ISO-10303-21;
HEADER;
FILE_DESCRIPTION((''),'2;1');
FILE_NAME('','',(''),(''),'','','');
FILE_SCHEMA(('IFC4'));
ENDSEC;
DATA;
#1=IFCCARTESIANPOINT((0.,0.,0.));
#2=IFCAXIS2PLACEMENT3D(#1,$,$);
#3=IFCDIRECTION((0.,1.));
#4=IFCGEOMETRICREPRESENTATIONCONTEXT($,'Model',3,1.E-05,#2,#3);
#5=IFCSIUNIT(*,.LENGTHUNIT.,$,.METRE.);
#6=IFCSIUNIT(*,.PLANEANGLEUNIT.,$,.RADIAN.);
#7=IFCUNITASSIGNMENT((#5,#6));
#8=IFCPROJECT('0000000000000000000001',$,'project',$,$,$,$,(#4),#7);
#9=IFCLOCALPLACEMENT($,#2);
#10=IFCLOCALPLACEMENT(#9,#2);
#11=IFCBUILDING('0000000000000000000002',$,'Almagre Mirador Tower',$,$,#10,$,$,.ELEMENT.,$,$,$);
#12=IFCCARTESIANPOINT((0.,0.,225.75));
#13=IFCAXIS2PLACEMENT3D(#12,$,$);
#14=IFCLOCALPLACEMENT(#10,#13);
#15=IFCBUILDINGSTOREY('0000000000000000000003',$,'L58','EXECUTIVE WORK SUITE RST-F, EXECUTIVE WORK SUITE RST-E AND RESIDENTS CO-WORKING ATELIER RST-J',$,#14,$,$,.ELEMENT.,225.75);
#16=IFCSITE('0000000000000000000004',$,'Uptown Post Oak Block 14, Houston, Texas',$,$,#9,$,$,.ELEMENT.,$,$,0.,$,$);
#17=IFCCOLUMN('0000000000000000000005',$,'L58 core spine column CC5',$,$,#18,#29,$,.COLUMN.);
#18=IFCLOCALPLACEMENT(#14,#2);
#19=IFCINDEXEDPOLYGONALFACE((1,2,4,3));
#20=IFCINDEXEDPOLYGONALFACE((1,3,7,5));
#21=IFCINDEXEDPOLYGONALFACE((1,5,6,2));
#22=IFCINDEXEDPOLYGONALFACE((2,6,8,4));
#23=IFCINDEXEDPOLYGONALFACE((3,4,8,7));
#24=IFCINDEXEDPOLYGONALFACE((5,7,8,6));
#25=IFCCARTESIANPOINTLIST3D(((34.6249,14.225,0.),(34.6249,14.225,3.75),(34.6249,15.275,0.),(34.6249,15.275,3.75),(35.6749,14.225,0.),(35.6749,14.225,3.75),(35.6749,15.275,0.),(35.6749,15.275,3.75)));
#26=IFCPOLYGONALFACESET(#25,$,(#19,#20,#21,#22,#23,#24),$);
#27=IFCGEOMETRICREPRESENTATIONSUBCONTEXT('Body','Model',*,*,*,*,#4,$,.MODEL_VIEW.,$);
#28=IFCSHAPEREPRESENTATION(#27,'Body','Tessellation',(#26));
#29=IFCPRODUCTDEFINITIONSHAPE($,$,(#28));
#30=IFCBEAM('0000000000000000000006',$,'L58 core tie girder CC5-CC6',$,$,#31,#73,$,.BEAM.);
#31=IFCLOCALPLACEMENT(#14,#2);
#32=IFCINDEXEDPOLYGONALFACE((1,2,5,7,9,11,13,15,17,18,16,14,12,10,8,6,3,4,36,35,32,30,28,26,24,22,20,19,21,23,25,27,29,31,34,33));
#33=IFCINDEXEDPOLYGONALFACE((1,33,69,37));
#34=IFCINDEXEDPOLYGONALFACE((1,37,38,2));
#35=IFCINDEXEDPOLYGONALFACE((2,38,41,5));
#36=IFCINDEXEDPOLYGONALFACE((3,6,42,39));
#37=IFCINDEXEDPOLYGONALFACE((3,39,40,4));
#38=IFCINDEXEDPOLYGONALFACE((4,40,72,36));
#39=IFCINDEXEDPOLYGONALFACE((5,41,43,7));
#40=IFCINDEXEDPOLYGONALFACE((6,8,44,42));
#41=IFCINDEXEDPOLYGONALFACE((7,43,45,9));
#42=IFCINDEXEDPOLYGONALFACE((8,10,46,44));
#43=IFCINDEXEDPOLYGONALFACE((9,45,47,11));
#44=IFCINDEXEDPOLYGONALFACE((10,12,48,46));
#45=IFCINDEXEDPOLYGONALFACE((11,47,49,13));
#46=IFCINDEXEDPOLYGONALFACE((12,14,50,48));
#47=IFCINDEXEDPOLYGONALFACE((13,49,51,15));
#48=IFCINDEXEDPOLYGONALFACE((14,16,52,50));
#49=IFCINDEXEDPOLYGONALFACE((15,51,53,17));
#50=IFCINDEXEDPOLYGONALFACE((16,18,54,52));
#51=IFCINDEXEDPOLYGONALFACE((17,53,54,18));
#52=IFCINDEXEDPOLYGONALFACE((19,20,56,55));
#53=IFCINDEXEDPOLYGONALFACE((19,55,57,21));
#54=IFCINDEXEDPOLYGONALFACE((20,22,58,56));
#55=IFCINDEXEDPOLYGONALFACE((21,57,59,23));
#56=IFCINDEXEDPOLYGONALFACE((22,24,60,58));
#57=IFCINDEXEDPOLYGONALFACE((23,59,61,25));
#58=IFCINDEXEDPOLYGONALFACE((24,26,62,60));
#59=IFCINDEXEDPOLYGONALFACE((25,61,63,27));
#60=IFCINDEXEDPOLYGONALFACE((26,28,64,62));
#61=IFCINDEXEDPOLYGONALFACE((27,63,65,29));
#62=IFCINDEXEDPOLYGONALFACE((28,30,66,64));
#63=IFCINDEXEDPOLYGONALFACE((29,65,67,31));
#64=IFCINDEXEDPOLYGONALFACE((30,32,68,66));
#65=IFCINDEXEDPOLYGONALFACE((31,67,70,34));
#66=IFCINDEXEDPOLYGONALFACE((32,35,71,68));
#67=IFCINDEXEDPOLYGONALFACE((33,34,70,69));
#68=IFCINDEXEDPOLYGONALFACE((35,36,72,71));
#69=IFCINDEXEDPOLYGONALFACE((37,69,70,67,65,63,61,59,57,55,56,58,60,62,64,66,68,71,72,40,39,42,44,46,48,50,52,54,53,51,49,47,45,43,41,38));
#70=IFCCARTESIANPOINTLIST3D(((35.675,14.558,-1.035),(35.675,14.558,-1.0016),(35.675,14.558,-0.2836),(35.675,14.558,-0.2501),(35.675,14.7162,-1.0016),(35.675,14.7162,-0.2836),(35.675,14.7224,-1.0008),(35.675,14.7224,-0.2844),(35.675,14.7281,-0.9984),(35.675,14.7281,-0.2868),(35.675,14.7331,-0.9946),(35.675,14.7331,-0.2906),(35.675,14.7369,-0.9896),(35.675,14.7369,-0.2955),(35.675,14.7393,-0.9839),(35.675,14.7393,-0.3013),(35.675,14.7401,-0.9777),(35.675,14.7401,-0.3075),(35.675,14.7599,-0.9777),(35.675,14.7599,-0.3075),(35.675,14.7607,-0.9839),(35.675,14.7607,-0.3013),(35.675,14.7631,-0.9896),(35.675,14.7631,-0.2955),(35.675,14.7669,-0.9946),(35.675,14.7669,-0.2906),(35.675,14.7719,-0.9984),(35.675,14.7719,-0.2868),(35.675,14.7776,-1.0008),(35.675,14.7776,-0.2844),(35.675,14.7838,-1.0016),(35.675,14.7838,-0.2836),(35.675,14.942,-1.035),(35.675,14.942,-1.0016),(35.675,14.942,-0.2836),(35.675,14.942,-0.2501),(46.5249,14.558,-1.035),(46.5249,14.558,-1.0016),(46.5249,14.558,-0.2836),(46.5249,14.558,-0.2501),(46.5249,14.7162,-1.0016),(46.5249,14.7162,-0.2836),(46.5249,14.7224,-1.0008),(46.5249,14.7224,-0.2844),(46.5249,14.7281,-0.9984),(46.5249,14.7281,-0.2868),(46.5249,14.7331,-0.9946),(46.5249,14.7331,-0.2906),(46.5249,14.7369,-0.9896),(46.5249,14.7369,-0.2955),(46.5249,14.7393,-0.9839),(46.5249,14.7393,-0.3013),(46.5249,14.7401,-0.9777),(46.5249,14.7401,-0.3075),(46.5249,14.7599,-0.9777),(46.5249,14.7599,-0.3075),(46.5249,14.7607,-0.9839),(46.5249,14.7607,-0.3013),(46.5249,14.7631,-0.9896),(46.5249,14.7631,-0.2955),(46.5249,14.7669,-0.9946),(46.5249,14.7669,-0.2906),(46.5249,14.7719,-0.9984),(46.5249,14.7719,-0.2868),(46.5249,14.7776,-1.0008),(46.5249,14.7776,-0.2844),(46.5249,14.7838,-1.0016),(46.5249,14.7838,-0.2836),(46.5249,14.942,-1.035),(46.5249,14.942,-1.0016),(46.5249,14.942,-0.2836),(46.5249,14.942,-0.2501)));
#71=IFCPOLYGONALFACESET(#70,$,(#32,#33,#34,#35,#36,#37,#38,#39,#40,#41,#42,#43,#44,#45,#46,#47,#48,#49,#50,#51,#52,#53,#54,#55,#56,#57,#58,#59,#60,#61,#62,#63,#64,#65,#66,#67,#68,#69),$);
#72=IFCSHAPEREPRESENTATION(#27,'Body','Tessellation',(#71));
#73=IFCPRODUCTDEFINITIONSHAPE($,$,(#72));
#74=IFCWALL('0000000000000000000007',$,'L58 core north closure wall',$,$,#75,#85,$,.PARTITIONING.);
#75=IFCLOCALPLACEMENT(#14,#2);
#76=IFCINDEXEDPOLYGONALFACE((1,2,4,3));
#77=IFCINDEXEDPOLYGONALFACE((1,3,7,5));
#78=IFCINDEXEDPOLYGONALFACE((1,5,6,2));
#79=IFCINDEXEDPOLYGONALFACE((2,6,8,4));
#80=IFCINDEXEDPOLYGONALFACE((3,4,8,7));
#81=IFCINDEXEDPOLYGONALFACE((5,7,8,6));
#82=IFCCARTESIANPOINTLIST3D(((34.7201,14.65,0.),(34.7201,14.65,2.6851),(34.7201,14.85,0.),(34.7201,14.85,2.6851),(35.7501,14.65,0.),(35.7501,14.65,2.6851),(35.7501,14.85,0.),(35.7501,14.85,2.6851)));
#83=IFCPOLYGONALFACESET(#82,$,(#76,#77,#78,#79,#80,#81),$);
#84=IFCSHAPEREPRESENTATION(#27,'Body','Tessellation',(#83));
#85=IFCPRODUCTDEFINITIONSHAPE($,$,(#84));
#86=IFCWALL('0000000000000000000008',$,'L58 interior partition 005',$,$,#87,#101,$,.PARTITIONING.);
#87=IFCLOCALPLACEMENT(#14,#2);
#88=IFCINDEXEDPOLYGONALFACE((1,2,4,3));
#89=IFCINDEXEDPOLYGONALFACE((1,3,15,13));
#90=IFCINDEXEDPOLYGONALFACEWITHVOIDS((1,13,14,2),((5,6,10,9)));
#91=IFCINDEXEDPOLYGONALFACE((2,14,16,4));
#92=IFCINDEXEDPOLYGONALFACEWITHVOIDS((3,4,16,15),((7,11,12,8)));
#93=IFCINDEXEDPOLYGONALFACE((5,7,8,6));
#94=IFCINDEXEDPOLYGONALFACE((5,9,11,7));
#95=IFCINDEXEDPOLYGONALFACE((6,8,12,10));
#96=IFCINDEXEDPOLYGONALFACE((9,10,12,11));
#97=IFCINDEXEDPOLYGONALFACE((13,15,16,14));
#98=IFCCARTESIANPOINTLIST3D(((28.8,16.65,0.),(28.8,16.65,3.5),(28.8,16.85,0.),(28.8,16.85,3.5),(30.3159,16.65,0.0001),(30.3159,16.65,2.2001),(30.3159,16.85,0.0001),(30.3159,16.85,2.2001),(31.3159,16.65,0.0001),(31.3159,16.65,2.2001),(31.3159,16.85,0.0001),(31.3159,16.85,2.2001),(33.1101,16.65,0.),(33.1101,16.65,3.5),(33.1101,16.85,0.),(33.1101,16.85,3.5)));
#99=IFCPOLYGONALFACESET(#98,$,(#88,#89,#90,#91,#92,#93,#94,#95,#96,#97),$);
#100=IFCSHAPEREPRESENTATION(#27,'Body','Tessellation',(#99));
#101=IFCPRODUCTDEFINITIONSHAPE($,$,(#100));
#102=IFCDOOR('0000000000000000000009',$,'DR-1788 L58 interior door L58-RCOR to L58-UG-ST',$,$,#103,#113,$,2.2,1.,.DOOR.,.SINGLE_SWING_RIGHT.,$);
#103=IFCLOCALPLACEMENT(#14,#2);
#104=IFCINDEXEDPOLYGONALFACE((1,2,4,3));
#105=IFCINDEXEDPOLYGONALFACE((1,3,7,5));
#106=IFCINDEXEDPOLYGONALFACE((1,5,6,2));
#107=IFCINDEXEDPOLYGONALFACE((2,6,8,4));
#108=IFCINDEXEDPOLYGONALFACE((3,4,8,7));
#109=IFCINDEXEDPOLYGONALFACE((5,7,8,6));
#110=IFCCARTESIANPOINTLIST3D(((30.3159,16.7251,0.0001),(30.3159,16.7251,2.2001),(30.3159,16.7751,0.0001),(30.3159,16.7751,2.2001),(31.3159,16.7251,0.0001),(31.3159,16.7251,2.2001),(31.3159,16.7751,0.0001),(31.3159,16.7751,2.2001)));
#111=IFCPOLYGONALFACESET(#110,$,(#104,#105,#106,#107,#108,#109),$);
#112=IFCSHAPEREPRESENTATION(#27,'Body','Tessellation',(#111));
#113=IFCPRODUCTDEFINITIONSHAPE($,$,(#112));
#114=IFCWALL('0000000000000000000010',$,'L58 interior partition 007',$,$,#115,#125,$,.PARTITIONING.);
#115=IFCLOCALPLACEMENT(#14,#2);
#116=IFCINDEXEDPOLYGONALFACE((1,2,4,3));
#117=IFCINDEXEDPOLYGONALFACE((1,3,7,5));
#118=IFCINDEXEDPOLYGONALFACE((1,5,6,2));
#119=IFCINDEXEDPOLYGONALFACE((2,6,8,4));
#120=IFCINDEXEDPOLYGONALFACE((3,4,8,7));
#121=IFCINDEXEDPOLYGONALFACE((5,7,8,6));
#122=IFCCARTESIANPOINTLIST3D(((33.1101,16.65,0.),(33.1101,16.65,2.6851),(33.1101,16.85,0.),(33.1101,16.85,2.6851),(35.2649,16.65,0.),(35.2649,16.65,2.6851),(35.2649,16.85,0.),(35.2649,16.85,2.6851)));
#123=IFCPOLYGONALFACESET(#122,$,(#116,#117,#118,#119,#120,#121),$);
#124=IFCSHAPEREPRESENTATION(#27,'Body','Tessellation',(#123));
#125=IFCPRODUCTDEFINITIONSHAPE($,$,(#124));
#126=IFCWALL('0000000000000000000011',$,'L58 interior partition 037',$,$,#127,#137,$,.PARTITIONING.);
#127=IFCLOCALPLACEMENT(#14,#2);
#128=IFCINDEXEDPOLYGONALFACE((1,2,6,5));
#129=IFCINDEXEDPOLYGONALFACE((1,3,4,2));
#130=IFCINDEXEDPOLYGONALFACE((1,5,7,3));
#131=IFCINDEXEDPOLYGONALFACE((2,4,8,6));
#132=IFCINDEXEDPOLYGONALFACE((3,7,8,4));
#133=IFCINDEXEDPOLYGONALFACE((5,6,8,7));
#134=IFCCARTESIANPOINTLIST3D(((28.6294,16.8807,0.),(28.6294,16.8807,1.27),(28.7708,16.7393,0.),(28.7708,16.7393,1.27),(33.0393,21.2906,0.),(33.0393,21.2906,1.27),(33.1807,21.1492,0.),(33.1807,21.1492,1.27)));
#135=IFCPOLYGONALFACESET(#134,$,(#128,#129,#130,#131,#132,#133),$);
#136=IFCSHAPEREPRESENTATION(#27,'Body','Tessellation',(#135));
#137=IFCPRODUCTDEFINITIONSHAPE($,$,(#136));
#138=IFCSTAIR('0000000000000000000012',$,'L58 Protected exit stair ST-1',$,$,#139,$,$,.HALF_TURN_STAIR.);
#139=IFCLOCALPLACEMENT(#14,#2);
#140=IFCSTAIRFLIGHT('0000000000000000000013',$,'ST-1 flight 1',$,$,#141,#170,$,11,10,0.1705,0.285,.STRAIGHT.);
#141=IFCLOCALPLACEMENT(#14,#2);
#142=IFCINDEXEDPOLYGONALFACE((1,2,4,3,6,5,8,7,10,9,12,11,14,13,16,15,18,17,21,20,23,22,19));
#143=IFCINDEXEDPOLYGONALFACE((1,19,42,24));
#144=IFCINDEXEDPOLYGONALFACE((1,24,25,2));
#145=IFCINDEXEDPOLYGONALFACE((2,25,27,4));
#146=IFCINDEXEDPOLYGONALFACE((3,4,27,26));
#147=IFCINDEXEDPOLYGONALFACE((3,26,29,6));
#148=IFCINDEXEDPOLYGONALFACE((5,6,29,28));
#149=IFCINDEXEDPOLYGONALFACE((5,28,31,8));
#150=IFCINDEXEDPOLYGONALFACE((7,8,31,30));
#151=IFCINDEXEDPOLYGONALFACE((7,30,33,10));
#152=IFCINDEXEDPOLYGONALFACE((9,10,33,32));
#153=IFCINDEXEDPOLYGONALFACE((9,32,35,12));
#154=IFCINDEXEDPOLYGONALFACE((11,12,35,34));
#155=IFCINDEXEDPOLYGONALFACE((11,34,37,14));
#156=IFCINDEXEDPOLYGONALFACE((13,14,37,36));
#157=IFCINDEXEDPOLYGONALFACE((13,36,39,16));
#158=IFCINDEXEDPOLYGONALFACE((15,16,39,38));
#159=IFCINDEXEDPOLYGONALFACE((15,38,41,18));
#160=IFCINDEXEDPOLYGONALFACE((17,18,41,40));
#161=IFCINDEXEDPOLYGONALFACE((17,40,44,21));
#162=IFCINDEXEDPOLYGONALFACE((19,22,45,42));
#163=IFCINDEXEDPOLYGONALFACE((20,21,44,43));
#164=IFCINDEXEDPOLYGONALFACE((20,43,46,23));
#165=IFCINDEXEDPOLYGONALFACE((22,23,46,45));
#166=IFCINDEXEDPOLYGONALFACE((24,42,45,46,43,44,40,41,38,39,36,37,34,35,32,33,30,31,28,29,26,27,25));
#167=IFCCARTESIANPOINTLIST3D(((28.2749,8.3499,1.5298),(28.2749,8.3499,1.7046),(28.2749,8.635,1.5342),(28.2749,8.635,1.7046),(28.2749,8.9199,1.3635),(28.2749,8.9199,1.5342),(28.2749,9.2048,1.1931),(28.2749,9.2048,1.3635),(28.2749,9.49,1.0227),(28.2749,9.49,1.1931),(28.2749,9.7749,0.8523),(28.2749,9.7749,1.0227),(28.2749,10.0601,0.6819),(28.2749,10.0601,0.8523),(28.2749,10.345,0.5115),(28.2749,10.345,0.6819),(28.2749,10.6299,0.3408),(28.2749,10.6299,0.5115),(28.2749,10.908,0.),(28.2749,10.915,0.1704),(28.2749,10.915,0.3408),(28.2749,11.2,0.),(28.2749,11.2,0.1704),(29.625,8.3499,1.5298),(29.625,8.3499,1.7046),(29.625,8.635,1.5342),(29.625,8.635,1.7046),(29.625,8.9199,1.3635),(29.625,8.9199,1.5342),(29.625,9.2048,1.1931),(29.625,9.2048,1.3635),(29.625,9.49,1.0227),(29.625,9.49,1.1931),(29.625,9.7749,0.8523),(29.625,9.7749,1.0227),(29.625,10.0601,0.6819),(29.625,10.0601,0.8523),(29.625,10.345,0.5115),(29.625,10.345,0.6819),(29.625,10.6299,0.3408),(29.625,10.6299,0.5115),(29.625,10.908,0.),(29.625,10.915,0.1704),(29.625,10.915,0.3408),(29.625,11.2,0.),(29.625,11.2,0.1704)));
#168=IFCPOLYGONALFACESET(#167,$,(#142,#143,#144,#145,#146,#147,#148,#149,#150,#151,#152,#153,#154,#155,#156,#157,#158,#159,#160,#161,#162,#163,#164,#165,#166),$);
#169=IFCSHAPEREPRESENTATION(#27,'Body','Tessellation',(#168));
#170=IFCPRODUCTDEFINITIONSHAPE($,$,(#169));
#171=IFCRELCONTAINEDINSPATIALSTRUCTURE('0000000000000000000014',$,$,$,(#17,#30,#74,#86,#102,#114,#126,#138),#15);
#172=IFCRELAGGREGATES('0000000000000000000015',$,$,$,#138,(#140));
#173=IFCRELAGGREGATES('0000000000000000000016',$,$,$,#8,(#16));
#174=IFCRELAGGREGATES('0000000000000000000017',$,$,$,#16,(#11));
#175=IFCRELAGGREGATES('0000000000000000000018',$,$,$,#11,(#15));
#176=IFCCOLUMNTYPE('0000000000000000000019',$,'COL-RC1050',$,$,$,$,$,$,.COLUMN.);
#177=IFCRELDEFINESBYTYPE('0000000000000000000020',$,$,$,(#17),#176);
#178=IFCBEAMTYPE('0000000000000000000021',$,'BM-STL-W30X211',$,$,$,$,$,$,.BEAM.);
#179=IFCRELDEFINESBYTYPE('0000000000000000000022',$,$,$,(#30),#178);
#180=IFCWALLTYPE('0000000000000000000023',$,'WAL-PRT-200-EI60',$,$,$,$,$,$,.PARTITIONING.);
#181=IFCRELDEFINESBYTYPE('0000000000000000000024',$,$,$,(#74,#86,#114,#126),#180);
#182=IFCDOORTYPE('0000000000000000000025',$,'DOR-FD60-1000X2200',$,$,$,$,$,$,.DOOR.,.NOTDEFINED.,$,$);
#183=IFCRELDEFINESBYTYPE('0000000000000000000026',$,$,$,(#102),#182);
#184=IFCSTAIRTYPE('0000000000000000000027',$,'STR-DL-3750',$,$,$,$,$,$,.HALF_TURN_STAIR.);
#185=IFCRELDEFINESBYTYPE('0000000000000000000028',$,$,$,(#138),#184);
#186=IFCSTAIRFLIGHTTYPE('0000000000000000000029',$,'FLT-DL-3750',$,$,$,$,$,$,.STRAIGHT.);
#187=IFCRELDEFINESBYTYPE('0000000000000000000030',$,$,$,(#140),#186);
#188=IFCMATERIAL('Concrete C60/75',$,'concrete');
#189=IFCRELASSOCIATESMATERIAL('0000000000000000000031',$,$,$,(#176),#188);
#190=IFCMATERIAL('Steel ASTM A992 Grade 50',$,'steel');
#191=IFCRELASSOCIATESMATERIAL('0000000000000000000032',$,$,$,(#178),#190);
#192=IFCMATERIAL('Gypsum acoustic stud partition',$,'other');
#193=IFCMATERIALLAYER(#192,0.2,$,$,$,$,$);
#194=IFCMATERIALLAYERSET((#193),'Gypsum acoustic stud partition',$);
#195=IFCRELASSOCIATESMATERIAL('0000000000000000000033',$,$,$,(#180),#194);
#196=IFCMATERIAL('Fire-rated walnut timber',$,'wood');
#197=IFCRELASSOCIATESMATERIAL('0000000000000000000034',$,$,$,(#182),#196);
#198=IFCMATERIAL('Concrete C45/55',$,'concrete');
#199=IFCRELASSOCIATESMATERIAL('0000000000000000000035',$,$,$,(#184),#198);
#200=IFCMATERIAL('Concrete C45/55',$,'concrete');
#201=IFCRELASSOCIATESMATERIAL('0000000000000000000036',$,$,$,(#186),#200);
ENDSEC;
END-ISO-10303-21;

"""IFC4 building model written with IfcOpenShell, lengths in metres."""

from ifc_helpers import new_model, si_unit, direction, frame, frame_2d, origin, origin_2d, place, context, subcontext, project, spatial, polyline, rectangle, i_section, outline, extrude, material, layer, layer_set, material_profile, profile_set, type_object, element, fill, aggregate, save


model = new_model("IFC4")

# Units and contexts
model_context = context("Model", 3, precision=1e-05, world=origin(), true_north=direction((0.0, 1.0)))
body_context = subcontext(model_context, "Body", "Model", "MODEL_VIEW")
ifc_project = project(units=[si_unit("LENGTHUNIT", "METRE"), si_unit("PLANEANGLEUNIT", "RADIAN")], contexts=[model_context])

# Site, building, storey
site_placement = place(None, origin())
site = spatial("IfcSite", under=ifc_project, at=site_placement, Name="Uptown Post Oak Block 14, Houston, Texas", CompositionType="ELEMENT", RefElevation=0.0)
building_placement = place(site_placement, origin())
building = spatial("IfcBuilding", under=site, at=building_placement, Name="Almagre Mirador Tower", CompositionType="ELEMENT")
storey_placement = place(building_placement, frame((0.0, 0.0, 225.75)))
storey = spatial("IfcBuildingStorey", under=building, at=storey_placement, Name="L58", Description="EXECUTIVE WORK SUITE RST-F, EXECUTIVE WORK SUITE RST-E AND RESIDENTS CO-WORKING ATELIER RST-J", CompositionType="ELEMENT", Elevation=225.75)

# Column
ifc_material_1 = material(Name="Concrete C60/75", Category="concrete")
ifc_material_profile_1 = material_profile(ifc_material_1, rectangle(XDim=1.05, YDim=1.05, at=origin_2d()), Name="RC1050X1050")
ifc_profile_set_1 = profile_set([ifc_material_profile_1], Name="Concrete C60/75")
column_type = type_object("IfcColumnType", Name="COL-RC1050", PredefinedType="COLUMN", material=ifc_profile_set_1)
column_placement = place(storey_placement, frame((35.1499, 14.75, 0.0), z_axis=(0.0, 0.0, 1.0), x_axis=(1.0, 0.0, 0.0)))
element("IfcColumn", 1, at=column_placement, inside=storey, type_object=column_type, Name="L58 core spine column CC5", PredefinedType="COLUMN", context=body_context, shape_type="SweptSolid", body=[
    extrude(rectangle(XDim=1.05, YDim=1.05, at=origin_2d()), origin(), (0.0, 0.0, 1.0), 3.75),
])

# Beam
ifc_material_2 = material(Name="Steel ASTM A992 Grade 50", Category="steel")
ifc_material_profile_2 = material_profile(ifc_material_2, i_section(OverallWidth=0.384, OverallDepth=0.7849, WebThickness=0.0198, FlangeThickness=0.0334, FilletRadius=0.0239, at=origin_2d()), Name="W30X211")
ifc_profile_set_2 = profile_set([ifc_material_profile_2], Name="Steel ASTM A992 Grade 50")
beam_type = type_object("IfcBeamType", Name="BM-STL-W30X211", PredefinedType="BEAM", material=ifc_profile_set_2)
beam_placement = place(storey_placement, frame((35.675, 14.75, -0.6426), z_axis=(1.0, 0.0, 0.0), x_axis=(0.0, 1.0, 0.0)))
element("IfcBeam", 2, at=beam_placement, inside=storey, type_object=beam_type, Name="L58 core tie girder CC5-CC6", PredefinedType="BEAM", context=body_context, shape_type="SweptSolid", body=[
    extrude(i_section(OverallWidth=0.384, OverallDepth=0.7849, WebThickness=0.0198, FlangeThickness=0.0334, FilletRadius=0.0239, at=origin_2d()), origin(), (0.0, 0.0, 1.0), 10.8499),
])

# Wall
ifc_material_3 = material(Name="Gypsum acoustic stud partition", Category="other")
ifc_layer_1 = layer(ifc_material_3, 0.2)
ifc_layer_set_1 = layer_set([ifc_layer_1], Name="Gypsum acoustic stud partition")
wall_type_1 = type_object("IfcWallType", Name="WAL-PRT-200-EI60", PredefinedType="PARTITIONING", material=ifc_layer_set_1)
wall_1_placement = place(storey_placement, frame((34.72, 14.75, 0.0), z_axis=(0.0, 0.0, 1.0), x_axis=(1.0, 0.0, 0.0)))
element("IfcWall", 3, at=wall_1_placement, inside=storey, type_object=wall_type_1, Name="L58 core north closure wall", PredefinedType="PARTITIONING", context=body_context, shape_type="SweptSolid", body=[
    extrude(rectangle(XDim=1.03, YDim=0.2, at=frame_2d((0.5151, 0.0))), origin(), (0.0, 0.0, 1.0), 2.6851),
])

# Wall, opening, door
wall_2_placement = place(storey_placement, frame((33.1101, 16.75, 0.0), z_axis=(0.0, 0.0, 1.0), x_axis=(-1.0, 0.0, 0.0)))
wall_2 = element("IfcWall", 4, at=wall_2_placement, inside=storey, type_object=wall_type_1, Name="L58 interior partition 005", PredefinedType="PARTITIONING", context=body_context, shape_type="SweptSolid", body=[
    extrude(rectangle(XDim=4.3101, YDim=0.2, at=frame_2d((2.155, 0.0))), origin(), (0.0, 0.0, 1.0), 3.5),
])
opening_1_placement = place(wall_2_placement, frame((1.7942, 0.0, 0.0)))
opening_1 = element("IfcOpeningElement", 5, at=opening_1_placement, cuts=wall_2, PredefinedType="OPENING", context=body_context, shape_type="SweptSolid", body=[
    extrude(rectangle(XDim=1.0, YDim=2.2, at=frame_2d((0.5, 1.1001))), frame((0.0, 0.1101, 0.0), z_axis=(0.0, -1.0, 0.0), x_axis=(1.0, 0.0, 0.0)), (0.0, 0.0, 1.0), 0.22),
])
ifc_material_4 = material(Name="Fire-rated walnut timber", Category="wood")
door_type_1 = type_object("IfcDoorType", Name="DOR-FD60-1000X2200", OperationType="NOTDEFINED", PredefinedType="DOOR", material=ifc_material_4)
door_1_placement = place(opening_1_placement, origin())
door_1 = element("IfcDoor", 6, at=door_1_placement, inside=storey, type_object=door_type_1, Name="DR-1788 L58 interior door L58-RCOR to L58-UG-ST", OperationType="SINGLE_SWING_RIGHT", OverallHeight=2.2, OverallWidth=1.0, PredefinedType="DOOR", context=body_context, shape_type="SweptSolid", body=[
    extrude(rectangle(XDim=1.0, YDim=2.2, at=frame_2d((0.5, 1.1001))), frame((0.0, 0.0249, 0.0), z_axis=(0.0, -1.0, 0.0), x_axis=(1.0, 0.0, 0.0)), (0.0, 0.0, 1.0), 0.05),
])
fill(opening_1, door_1)

# Walls
wall_3_placement = place(storey_placement, frame((35.2649, 16.75, 0.0), z_axis=(0.0, 0.0, 1.0), x_axis=(-1.0, 0.0, 0.0)))
element("IfcWall", 7, at=wall_3_placement, inside=storey, type_object=wall_type_1, Name="L58 interior partition 007", PredefinedType="PARTITIONING", context=body_context, shape_type="SweptSolid", body=[
    extrude(rectangle(XDim=2.1548, YDim=0.2, at=frame_2d((1.0774, 0.0))), origin(), (0.0, 0.0, 1.0), 2.6851),
])
wall_4_placement = place(storey_placement, frame((28.7002, 16.8101, 0.0), z_axis=(0.0, 0.0, 1.0), x_axis=(0.707107, 0.707107, 0.0)))
element("IfcWall", 8, at=wall_4_placement, inside=storey, type_object=wall_type_1, Name="L58 interior partition 037", PredefinedType="PARTITIONING", context=body_context, shape_type="SweptSolid", body=[
    extrude(rectangle(XDim=6.2366, YDim=0.2, at=frame_2d((3.1182, 0.0))), origin(), (0.0, 0.0, 1.0), 1.27),
])

# Stair, stair flight
ifc_material_5 = material(Name="Concrete C45/55", Category="concrete")
stair_type = type_object("IfcStairType", Name="STR-DL-3750", PredefinedType="HALF_TURN_STAIR", material=ifc_material_5)
stair_placement = place(storey_placement, origin())
stair = element("IfcStair", 9, at=stair_placement, inside=storey, type_object=stair_type, Name="L58 Protected exit stair ST-1", PredefinedType="HALF_TURN_STAIR")
ifc_material_6 = material(Name="Concrete C45/55", Category="concrete")
stair_flight_type = type_object("IfcStairFlightType", Name="FLT-DL-3750", PredefinedType="STRAIGHT", material=ifc_material_6)
stair_flight_1_placement = place(storey_placement, frame((28.95, 11.2, 0.0), z_axis=(0.0, 0.0, 1.0), x_axis=(0.0, -1.0, 0.0)))
stair_flight_1 = element("IfcStairFlight", 10, at=stair_flight_1_placement, type_object=stair_flight_type, Name="ST-1 flight 1", NumberOfRisers=11, NumberOfTreads=10, PredefinedType="STRAIGHT", RiserHeight=0.1705, TreadLength=0.285, context=body_context, shape_type="SweptSolid", body=[
    extrude(outline(polyline([(0.0, 0.0), (0.0, 0.1704), (0.2849, 0.1704), (0.2849, 0.3408), (0.5701, 0.3408), (0.5701, 0.5115), (0.855, 0.5115), (0.855, 0.6819), (1.1399, 0.6819), (1.1399, 0.8523), (1.425, 0.8523), (1.425, 1.0227), (1.71, 1.0227), (1.71, 1.1931), (1.9951, 1.1931), (1.9951, 1.3635), (2.28, 1.3635), (2.28, 1.5342), (2.5649, 1.5342), (2.5649, 1.7046), (2.8501, 1.7046), (2.8501, 1.875), (2.8501, 1.5298), (0.292, 0.0), (0.0, 0.0)])), frame((0.0, 0.675, 0.0), z_axis=(0.0, -1.0, 0.0), x_axis=(1.0, 0.0, 0.0)), (0.0, 0.0, 1.0), 1.3501),
])
aggregate(stair, [stair_flight_1])

save(model, "model.ifc")
